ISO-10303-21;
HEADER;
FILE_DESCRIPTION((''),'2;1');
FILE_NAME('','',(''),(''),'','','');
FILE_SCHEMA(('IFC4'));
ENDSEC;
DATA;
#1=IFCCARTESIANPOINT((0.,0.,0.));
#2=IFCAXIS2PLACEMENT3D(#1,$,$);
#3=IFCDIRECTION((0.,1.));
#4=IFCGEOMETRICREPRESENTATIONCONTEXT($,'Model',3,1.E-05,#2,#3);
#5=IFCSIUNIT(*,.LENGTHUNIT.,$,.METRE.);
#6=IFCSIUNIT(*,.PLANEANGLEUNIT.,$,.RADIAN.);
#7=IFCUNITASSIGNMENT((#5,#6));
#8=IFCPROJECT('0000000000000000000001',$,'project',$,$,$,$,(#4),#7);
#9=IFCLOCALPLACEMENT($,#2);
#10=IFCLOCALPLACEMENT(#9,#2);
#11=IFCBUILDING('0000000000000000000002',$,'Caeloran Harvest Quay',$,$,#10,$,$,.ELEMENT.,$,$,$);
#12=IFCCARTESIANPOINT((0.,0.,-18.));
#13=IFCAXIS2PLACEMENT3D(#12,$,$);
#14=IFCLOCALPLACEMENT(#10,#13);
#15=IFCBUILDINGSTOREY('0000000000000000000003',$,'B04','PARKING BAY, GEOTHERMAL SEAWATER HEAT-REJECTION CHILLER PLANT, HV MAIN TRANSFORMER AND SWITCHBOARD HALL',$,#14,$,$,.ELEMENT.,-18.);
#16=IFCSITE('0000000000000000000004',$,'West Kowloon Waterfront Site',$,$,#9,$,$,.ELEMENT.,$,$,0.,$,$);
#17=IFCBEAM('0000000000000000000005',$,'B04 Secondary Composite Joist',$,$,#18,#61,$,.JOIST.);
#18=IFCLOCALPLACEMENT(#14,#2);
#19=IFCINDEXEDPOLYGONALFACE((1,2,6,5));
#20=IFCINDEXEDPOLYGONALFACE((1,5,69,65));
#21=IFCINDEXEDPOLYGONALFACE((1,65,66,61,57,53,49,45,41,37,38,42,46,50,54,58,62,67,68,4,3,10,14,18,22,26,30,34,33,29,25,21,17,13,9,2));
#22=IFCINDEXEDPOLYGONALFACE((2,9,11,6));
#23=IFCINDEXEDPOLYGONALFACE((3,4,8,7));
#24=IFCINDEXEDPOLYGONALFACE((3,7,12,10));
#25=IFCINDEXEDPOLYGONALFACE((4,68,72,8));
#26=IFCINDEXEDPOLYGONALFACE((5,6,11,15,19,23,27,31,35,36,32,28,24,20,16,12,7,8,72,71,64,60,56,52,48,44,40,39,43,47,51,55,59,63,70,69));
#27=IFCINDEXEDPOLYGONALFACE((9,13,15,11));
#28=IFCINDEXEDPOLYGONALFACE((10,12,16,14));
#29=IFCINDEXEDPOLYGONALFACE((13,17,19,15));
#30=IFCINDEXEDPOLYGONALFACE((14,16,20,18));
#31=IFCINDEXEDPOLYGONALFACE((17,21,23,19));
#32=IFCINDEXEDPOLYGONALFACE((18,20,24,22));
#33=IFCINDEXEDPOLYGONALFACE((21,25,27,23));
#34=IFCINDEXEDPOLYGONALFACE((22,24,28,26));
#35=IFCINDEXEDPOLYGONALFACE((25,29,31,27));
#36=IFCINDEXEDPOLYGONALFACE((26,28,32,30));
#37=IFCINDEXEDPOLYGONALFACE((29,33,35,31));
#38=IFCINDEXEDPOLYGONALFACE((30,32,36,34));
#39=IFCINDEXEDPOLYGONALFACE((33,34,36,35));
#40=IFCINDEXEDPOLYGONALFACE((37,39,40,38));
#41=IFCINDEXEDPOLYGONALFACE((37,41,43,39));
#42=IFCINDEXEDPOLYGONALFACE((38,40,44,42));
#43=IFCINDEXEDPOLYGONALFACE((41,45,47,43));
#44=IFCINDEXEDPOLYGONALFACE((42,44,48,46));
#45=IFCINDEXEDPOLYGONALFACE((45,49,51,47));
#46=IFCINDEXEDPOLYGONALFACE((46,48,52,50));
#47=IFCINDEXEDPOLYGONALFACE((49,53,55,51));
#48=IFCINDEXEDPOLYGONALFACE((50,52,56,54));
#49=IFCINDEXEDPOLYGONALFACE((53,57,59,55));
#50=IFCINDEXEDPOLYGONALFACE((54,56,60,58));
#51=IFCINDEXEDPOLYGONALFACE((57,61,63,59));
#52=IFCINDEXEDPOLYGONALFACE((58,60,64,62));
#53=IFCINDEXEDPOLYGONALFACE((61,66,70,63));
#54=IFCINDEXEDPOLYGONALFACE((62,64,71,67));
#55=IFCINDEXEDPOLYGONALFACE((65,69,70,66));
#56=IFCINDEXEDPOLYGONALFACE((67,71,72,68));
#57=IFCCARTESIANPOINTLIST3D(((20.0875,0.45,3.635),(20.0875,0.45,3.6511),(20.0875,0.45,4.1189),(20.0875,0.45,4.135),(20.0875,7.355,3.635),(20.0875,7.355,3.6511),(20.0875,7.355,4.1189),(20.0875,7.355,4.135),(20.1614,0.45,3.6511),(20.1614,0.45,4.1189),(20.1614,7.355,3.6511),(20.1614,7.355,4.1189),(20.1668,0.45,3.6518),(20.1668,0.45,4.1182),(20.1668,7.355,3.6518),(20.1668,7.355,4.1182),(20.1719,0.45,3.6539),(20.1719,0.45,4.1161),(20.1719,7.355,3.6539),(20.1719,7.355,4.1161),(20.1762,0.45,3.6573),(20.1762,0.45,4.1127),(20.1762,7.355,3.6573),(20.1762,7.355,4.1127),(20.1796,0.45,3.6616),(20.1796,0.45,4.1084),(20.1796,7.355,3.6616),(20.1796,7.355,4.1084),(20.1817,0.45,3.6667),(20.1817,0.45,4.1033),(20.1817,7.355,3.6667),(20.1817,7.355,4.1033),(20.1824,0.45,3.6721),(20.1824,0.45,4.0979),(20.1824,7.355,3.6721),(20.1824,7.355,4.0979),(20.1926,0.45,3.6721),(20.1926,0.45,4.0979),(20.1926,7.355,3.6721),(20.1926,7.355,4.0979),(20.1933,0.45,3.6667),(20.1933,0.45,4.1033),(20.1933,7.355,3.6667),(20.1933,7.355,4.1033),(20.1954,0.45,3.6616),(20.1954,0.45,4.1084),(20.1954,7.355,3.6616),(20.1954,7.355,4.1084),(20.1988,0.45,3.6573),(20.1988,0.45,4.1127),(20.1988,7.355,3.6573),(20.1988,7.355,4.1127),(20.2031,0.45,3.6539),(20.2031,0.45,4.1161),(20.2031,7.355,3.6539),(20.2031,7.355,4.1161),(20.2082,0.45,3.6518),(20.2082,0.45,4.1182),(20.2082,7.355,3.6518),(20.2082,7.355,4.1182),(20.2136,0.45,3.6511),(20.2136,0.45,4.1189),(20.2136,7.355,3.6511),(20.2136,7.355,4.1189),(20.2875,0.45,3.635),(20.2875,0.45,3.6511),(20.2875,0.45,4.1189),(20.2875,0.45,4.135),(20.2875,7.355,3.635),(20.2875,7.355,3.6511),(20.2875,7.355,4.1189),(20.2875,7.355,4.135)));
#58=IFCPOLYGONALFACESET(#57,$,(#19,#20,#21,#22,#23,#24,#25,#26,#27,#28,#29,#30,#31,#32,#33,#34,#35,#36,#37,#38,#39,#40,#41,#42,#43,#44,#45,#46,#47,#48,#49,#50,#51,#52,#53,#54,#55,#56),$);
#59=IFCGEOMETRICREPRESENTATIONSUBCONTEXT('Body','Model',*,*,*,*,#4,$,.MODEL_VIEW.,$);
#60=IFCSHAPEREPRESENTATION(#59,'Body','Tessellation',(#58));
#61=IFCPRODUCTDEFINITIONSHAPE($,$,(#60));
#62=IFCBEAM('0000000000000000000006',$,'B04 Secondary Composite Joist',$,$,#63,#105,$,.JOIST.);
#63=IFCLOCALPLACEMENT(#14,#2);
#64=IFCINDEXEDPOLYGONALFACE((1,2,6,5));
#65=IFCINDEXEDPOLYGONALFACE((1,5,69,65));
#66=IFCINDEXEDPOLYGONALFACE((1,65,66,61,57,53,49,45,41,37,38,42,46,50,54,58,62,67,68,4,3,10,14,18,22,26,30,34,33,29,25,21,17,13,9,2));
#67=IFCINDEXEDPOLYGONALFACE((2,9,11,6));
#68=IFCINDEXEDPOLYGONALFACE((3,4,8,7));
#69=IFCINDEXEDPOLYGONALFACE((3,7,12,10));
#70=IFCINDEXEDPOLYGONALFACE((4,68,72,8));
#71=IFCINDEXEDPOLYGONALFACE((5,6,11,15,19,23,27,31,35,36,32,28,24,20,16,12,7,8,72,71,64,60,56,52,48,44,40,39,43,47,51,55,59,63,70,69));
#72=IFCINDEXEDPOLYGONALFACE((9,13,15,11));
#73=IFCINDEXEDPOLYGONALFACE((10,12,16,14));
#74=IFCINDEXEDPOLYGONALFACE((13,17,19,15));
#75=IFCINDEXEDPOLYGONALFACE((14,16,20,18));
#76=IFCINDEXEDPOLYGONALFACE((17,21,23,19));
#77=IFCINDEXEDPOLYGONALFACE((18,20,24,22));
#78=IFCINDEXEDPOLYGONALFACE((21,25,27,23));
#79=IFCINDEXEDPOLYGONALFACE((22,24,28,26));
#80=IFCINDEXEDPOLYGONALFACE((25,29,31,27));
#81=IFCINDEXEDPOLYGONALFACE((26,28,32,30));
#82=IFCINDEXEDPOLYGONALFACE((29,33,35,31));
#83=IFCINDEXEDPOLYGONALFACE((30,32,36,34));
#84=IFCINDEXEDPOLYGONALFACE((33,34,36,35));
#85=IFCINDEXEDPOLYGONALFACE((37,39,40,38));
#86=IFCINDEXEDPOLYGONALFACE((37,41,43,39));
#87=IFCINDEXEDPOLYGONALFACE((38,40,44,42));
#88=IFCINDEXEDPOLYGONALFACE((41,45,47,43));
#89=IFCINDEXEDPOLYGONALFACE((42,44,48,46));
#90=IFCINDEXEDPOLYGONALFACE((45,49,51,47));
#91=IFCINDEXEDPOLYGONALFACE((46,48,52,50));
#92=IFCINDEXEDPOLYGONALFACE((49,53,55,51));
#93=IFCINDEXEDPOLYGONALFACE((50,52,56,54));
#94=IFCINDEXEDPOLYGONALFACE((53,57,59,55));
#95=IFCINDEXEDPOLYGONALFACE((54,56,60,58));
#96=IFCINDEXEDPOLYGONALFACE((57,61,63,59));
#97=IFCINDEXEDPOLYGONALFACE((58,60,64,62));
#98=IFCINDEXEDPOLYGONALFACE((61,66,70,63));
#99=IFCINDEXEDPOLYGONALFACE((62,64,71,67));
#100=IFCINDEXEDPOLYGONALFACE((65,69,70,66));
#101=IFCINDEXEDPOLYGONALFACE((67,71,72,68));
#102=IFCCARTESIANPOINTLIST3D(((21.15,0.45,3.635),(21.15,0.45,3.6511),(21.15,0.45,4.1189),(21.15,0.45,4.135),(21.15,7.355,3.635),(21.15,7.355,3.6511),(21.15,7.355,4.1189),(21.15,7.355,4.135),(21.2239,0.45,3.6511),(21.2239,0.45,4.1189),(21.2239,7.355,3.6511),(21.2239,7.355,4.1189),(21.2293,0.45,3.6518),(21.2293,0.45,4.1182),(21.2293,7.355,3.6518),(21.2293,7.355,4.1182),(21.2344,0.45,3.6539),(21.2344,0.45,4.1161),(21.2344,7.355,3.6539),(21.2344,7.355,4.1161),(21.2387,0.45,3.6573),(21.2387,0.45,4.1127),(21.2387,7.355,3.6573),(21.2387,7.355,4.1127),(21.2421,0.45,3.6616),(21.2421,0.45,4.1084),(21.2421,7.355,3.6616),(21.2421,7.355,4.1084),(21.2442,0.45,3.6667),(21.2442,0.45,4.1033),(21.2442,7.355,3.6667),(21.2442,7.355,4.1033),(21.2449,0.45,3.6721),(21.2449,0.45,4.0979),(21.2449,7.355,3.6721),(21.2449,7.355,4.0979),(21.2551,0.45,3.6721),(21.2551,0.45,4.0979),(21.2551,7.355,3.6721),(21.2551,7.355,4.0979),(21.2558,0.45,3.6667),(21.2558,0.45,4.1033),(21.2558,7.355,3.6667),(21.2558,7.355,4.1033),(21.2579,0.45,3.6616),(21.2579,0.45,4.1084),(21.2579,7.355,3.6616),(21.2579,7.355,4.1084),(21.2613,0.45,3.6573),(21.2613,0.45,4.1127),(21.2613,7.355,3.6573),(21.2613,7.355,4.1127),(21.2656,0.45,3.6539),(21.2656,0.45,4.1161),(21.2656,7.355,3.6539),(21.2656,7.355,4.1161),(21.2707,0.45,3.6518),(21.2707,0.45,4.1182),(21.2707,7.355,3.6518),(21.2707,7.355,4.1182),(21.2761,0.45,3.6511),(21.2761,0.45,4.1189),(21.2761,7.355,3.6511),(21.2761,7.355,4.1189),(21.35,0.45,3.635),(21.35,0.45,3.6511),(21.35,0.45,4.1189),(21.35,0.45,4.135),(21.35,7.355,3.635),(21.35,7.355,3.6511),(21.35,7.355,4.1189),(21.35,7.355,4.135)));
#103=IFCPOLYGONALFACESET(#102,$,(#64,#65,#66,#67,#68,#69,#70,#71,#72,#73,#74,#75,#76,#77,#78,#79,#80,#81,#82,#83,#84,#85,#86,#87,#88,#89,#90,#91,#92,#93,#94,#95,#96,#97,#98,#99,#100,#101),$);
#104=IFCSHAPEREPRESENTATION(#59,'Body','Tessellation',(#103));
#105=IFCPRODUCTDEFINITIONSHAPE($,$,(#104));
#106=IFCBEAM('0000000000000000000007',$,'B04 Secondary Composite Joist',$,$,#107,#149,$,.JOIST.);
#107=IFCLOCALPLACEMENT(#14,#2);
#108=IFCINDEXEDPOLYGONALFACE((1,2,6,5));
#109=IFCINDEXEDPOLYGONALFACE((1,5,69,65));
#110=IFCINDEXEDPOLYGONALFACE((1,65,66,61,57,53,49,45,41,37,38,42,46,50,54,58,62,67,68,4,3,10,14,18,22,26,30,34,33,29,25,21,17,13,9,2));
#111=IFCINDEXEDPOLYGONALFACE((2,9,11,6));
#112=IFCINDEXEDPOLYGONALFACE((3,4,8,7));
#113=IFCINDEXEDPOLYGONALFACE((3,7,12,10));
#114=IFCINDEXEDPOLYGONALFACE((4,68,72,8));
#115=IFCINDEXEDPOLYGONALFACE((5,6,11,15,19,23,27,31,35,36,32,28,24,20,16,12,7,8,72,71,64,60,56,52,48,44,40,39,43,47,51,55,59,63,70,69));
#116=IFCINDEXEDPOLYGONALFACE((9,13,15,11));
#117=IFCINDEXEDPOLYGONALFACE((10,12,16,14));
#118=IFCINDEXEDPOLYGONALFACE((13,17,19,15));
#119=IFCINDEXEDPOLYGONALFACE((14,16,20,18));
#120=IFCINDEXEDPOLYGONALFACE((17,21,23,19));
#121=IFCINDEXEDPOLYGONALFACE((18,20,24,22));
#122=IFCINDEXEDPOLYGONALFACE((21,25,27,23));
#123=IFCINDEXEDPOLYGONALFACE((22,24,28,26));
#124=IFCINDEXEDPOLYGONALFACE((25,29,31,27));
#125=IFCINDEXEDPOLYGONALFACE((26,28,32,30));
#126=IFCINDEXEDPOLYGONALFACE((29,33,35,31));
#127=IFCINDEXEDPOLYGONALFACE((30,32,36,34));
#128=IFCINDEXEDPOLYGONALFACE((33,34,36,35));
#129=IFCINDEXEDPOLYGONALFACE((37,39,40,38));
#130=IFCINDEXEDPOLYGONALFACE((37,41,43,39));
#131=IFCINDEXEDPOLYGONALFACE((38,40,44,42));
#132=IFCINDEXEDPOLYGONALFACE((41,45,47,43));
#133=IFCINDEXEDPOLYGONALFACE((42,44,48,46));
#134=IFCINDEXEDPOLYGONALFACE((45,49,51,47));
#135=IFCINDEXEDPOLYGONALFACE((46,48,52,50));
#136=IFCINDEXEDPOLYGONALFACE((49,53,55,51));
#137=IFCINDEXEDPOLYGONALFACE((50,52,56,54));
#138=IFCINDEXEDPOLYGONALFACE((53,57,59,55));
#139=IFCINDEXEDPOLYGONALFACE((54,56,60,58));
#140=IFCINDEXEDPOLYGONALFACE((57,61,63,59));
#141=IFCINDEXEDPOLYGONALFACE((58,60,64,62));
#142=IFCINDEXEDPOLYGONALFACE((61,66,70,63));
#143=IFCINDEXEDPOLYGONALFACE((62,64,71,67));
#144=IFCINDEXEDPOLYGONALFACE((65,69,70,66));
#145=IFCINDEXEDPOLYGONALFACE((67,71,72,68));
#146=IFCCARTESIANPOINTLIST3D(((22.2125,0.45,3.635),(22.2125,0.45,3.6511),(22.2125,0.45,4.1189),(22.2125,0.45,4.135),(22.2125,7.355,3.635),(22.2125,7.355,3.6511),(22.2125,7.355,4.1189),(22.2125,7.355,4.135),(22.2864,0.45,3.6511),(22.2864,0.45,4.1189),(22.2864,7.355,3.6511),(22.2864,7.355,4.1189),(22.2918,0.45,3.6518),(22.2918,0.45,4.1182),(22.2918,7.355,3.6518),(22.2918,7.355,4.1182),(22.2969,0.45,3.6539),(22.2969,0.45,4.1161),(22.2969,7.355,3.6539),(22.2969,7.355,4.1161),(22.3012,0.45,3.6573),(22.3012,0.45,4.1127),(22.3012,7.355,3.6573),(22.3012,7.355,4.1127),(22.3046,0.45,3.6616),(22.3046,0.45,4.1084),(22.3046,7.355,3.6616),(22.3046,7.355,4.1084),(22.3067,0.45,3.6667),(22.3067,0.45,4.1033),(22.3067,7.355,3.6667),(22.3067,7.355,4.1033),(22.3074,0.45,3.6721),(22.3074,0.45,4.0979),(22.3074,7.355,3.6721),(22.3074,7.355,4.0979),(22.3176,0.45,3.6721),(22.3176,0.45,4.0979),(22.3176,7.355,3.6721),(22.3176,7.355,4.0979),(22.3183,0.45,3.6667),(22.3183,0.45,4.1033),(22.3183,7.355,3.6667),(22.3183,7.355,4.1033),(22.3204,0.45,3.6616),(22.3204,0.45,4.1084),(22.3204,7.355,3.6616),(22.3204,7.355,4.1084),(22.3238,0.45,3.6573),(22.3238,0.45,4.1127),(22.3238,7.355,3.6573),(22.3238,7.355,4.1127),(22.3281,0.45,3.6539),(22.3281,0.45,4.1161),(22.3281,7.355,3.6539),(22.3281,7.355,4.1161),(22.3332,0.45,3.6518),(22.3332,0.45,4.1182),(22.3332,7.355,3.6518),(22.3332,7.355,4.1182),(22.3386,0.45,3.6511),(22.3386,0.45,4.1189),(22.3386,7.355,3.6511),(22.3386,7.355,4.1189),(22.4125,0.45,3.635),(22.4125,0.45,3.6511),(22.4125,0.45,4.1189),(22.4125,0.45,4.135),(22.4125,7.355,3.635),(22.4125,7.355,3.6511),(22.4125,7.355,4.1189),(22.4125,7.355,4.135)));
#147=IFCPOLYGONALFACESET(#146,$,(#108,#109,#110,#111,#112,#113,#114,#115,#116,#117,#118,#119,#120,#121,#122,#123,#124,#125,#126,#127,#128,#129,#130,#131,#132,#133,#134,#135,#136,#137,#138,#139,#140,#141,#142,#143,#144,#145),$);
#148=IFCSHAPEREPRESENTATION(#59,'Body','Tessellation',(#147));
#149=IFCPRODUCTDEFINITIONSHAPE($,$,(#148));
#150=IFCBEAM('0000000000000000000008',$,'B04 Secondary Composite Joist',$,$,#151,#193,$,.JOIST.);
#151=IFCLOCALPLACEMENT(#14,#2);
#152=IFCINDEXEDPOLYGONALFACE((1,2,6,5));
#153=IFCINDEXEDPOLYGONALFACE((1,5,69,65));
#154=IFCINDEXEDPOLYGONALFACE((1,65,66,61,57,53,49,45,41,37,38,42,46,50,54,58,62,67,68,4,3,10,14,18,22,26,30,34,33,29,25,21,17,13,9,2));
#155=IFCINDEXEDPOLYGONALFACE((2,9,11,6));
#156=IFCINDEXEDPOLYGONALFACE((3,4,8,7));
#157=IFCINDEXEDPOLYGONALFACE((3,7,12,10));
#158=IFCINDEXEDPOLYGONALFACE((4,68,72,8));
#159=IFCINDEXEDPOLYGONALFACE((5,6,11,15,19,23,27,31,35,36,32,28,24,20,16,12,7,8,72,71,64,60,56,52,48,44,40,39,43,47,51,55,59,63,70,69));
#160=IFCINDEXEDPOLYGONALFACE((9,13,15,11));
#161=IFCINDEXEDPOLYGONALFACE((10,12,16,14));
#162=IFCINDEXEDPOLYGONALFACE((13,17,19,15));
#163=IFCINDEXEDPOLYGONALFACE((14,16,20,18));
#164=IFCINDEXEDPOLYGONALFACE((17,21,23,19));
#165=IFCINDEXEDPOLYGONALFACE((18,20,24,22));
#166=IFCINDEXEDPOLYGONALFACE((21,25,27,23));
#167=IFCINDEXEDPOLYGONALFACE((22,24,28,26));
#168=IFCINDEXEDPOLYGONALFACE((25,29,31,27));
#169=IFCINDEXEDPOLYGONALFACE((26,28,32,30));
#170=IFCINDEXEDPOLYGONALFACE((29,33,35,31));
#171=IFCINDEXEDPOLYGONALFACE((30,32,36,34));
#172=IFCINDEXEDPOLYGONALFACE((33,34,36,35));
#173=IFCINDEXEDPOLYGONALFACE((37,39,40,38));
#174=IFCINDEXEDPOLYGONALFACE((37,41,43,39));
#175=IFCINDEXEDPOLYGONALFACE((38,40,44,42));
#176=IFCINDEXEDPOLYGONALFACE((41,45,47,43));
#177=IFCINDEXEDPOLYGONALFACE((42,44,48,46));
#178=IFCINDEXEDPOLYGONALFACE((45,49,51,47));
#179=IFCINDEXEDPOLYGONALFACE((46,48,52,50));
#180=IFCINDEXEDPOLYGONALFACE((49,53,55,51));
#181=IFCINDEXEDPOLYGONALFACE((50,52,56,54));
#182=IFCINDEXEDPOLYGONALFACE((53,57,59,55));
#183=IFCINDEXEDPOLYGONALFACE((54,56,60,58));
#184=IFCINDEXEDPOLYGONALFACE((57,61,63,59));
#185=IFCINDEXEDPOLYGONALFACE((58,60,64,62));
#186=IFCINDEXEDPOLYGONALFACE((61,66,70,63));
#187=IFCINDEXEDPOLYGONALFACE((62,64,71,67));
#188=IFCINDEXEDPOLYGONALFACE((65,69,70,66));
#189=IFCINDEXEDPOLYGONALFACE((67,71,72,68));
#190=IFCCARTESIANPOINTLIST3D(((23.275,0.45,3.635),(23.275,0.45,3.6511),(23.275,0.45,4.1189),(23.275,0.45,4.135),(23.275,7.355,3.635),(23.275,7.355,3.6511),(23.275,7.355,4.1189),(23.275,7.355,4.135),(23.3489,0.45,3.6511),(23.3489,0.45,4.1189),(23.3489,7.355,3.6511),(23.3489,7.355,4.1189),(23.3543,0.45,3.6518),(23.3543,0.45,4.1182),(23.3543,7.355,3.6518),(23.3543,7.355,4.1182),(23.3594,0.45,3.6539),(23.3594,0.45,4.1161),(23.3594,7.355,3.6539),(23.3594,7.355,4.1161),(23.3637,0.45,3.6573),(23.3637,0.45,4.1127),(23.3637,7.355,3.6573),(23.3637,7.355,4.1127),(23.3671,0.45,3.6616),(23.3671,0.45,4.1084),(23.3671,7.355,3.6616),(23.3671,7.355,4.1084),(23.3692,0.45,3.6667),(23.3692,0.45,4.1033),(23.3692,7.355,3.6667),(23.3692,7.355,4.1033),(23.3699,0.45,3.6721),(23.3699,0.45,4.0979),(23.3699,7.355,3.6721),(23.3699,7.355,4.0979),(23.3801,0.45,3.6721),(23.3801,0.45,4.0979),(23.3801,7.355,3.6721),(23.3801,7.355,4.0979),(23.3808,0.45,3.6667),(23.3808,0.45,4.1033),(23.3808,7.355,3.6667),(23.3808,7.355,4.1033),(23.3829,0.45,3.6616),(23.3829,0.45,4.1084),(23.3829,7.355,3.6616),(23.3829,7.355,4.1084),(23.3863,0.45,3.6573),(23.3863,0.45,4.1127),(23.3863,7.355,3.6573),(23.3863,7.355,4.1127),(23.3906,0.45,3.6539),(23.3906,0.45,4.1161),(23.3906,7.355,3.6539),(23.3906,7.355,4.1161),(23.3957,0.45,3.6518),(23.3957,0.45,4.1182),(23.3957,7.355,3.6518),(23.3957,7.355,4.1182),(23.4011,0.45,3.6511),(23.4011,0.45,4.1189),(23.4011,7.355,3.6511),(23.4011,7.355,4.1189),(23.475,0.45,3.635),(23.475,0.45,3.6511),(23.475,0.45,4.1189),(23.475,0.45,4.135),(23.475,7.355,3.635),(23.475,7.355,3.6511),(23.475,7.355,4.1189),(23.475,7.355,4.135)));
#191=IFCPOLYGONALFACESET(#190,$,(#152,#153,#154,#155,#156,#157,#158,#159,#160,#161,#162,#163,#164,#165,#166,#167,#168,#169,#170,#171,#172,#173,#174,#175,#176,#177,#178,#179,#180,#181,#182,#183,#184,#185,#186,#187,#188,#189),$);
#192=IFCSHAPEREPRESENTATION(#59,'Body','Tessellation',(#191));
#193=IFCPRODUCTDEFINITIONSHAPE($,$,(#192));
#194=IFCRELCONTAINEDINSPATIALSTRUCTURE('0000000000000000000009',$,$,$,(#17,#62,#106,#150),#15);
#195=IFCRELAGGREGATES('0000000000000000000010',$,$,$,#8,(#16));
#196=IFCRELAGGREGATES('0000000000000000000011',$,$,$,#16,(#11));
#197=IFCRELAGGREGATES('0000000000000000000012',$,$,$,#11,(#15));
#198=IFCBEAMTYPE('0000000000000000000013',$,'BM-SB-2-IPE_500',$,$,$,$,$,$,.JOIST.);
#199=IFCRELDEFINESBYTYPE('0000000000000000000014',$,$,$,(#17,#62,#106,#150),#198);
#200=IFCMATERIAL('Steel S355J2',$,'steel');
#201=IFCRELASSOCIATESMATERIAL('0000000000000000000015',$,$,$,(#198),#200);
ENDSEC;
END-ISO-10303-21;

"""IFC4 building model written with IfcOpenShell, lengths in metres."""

from ifc_helpers import new_model, si_unit, direction, frame, origin, origin_2d, place, context, subcontext, project, spatial, i_section, extrude, material, material_profile, profile_set, type_object, element, save


model = new_model("IFC4")

# Units and contexts
model_context = context("Model", 3, precision=1e-05, world=origin(), true_north=direction((0.0, 1.0)))
body_context = subcontext(model_context, "Body", "Model", "MODEL_VIEW")
ifc_project = project(units=[si_unit("LENGTHUNIT", "METRE"), si_unit("PLANEANGLEUNIT", "RADIAN")], contexts=[model_context])

# Site, building, storey
site_placement = place(None, origin())
site = spatial("IfcSite", under=ifc_project, at=site_placement, Name="West Kowloon Waterfront Site", CompositionType="ELEMENT", RefElevation=0.0)
building_placement = place(site_placement, origin())
building = spatial("IfcBuilding", under=site, at=building_placement, Name="Caeloran Harvest Quay", CompositionType="ELEMENT")
storey_placement = place(building_placement, frame((0.0, 0.0, -18.0)))
storey = spatial("IfcBuildingStorey", under=building, at=storey_placement, Name="B04", Description="PARKING BAY, GEOTHERMAL SEAWATER HEAT-REJECTION CHILLER PLANT, HV MAIN TRANSFORMER AND SWITCHBOARD HALL", CompositionType="ELEMENT", Elevation=-18.0)

# Beams
ifc_material_1 = material(Name="Steel S355J2", Category="steel")
ifc_material_profile_1 = material_profile(ifc_material_1, i_section(OverallWidth=0.2, OverallDepth=0.5, WebThickness=0.0103, FlangeThickness=0.0161, FilletRadius=0.021, at=origin_2d()), Name="IPE 500")
ifc_profile_set_1 = profile_set([ifc_material_profile_1], Name="Steel S355J2")
beam_type_1 = type_object("IfcBeamType", Name="BM-SB-2-IPE_500", PredefinedType="JOIST", material=ifc_profile_set_1)
for number, where, z_axis, x_axis, name in (
    (1, (20.1875, 0.45, 3.885), (0.0, 1.0, 0.0), (-1.0, 0.0, 0.0), "B04 Secondary Composite Joist"),
    (2, (21.25, 0.45, 3.885), (0.0, 1.0, 0.0), (-1.0, 0.0, 0.0), "B04 Secondary Composite Joist"),
    (3, (22.3125, 0.45, 3.885), (0.0, 1.0, 0.0), (-1.0, 0.0, 0.0), "B04 Secondary Composite Joist"),
    (4, (23.375, 0.45, 3.885), (0.0, 1.0, 0.0), (-1.0, 0.0, 0.0), "B04 Secondary Composite Joist"),
):
    element("IfcBeam", number, at=place(storey_placement, frame(where, z_axis=z_axis, x_axis=x_axis)), inside=storey, type_object=beam_type_1, Name=name, PredefinedType="JOIST", context=body_context, shape_type="SweptSolid", body=[
        extrude(i_section(OverallWidth=0.2, OverallDepth=0.5, WebThickness=0.0103, FlangeThickness=0.0161, FilletRadius=0.021, at=origin_2d()), origin(), (0.0, 0.0, 1.0), 6.905),
    ])

save(model, "model.ifc")
